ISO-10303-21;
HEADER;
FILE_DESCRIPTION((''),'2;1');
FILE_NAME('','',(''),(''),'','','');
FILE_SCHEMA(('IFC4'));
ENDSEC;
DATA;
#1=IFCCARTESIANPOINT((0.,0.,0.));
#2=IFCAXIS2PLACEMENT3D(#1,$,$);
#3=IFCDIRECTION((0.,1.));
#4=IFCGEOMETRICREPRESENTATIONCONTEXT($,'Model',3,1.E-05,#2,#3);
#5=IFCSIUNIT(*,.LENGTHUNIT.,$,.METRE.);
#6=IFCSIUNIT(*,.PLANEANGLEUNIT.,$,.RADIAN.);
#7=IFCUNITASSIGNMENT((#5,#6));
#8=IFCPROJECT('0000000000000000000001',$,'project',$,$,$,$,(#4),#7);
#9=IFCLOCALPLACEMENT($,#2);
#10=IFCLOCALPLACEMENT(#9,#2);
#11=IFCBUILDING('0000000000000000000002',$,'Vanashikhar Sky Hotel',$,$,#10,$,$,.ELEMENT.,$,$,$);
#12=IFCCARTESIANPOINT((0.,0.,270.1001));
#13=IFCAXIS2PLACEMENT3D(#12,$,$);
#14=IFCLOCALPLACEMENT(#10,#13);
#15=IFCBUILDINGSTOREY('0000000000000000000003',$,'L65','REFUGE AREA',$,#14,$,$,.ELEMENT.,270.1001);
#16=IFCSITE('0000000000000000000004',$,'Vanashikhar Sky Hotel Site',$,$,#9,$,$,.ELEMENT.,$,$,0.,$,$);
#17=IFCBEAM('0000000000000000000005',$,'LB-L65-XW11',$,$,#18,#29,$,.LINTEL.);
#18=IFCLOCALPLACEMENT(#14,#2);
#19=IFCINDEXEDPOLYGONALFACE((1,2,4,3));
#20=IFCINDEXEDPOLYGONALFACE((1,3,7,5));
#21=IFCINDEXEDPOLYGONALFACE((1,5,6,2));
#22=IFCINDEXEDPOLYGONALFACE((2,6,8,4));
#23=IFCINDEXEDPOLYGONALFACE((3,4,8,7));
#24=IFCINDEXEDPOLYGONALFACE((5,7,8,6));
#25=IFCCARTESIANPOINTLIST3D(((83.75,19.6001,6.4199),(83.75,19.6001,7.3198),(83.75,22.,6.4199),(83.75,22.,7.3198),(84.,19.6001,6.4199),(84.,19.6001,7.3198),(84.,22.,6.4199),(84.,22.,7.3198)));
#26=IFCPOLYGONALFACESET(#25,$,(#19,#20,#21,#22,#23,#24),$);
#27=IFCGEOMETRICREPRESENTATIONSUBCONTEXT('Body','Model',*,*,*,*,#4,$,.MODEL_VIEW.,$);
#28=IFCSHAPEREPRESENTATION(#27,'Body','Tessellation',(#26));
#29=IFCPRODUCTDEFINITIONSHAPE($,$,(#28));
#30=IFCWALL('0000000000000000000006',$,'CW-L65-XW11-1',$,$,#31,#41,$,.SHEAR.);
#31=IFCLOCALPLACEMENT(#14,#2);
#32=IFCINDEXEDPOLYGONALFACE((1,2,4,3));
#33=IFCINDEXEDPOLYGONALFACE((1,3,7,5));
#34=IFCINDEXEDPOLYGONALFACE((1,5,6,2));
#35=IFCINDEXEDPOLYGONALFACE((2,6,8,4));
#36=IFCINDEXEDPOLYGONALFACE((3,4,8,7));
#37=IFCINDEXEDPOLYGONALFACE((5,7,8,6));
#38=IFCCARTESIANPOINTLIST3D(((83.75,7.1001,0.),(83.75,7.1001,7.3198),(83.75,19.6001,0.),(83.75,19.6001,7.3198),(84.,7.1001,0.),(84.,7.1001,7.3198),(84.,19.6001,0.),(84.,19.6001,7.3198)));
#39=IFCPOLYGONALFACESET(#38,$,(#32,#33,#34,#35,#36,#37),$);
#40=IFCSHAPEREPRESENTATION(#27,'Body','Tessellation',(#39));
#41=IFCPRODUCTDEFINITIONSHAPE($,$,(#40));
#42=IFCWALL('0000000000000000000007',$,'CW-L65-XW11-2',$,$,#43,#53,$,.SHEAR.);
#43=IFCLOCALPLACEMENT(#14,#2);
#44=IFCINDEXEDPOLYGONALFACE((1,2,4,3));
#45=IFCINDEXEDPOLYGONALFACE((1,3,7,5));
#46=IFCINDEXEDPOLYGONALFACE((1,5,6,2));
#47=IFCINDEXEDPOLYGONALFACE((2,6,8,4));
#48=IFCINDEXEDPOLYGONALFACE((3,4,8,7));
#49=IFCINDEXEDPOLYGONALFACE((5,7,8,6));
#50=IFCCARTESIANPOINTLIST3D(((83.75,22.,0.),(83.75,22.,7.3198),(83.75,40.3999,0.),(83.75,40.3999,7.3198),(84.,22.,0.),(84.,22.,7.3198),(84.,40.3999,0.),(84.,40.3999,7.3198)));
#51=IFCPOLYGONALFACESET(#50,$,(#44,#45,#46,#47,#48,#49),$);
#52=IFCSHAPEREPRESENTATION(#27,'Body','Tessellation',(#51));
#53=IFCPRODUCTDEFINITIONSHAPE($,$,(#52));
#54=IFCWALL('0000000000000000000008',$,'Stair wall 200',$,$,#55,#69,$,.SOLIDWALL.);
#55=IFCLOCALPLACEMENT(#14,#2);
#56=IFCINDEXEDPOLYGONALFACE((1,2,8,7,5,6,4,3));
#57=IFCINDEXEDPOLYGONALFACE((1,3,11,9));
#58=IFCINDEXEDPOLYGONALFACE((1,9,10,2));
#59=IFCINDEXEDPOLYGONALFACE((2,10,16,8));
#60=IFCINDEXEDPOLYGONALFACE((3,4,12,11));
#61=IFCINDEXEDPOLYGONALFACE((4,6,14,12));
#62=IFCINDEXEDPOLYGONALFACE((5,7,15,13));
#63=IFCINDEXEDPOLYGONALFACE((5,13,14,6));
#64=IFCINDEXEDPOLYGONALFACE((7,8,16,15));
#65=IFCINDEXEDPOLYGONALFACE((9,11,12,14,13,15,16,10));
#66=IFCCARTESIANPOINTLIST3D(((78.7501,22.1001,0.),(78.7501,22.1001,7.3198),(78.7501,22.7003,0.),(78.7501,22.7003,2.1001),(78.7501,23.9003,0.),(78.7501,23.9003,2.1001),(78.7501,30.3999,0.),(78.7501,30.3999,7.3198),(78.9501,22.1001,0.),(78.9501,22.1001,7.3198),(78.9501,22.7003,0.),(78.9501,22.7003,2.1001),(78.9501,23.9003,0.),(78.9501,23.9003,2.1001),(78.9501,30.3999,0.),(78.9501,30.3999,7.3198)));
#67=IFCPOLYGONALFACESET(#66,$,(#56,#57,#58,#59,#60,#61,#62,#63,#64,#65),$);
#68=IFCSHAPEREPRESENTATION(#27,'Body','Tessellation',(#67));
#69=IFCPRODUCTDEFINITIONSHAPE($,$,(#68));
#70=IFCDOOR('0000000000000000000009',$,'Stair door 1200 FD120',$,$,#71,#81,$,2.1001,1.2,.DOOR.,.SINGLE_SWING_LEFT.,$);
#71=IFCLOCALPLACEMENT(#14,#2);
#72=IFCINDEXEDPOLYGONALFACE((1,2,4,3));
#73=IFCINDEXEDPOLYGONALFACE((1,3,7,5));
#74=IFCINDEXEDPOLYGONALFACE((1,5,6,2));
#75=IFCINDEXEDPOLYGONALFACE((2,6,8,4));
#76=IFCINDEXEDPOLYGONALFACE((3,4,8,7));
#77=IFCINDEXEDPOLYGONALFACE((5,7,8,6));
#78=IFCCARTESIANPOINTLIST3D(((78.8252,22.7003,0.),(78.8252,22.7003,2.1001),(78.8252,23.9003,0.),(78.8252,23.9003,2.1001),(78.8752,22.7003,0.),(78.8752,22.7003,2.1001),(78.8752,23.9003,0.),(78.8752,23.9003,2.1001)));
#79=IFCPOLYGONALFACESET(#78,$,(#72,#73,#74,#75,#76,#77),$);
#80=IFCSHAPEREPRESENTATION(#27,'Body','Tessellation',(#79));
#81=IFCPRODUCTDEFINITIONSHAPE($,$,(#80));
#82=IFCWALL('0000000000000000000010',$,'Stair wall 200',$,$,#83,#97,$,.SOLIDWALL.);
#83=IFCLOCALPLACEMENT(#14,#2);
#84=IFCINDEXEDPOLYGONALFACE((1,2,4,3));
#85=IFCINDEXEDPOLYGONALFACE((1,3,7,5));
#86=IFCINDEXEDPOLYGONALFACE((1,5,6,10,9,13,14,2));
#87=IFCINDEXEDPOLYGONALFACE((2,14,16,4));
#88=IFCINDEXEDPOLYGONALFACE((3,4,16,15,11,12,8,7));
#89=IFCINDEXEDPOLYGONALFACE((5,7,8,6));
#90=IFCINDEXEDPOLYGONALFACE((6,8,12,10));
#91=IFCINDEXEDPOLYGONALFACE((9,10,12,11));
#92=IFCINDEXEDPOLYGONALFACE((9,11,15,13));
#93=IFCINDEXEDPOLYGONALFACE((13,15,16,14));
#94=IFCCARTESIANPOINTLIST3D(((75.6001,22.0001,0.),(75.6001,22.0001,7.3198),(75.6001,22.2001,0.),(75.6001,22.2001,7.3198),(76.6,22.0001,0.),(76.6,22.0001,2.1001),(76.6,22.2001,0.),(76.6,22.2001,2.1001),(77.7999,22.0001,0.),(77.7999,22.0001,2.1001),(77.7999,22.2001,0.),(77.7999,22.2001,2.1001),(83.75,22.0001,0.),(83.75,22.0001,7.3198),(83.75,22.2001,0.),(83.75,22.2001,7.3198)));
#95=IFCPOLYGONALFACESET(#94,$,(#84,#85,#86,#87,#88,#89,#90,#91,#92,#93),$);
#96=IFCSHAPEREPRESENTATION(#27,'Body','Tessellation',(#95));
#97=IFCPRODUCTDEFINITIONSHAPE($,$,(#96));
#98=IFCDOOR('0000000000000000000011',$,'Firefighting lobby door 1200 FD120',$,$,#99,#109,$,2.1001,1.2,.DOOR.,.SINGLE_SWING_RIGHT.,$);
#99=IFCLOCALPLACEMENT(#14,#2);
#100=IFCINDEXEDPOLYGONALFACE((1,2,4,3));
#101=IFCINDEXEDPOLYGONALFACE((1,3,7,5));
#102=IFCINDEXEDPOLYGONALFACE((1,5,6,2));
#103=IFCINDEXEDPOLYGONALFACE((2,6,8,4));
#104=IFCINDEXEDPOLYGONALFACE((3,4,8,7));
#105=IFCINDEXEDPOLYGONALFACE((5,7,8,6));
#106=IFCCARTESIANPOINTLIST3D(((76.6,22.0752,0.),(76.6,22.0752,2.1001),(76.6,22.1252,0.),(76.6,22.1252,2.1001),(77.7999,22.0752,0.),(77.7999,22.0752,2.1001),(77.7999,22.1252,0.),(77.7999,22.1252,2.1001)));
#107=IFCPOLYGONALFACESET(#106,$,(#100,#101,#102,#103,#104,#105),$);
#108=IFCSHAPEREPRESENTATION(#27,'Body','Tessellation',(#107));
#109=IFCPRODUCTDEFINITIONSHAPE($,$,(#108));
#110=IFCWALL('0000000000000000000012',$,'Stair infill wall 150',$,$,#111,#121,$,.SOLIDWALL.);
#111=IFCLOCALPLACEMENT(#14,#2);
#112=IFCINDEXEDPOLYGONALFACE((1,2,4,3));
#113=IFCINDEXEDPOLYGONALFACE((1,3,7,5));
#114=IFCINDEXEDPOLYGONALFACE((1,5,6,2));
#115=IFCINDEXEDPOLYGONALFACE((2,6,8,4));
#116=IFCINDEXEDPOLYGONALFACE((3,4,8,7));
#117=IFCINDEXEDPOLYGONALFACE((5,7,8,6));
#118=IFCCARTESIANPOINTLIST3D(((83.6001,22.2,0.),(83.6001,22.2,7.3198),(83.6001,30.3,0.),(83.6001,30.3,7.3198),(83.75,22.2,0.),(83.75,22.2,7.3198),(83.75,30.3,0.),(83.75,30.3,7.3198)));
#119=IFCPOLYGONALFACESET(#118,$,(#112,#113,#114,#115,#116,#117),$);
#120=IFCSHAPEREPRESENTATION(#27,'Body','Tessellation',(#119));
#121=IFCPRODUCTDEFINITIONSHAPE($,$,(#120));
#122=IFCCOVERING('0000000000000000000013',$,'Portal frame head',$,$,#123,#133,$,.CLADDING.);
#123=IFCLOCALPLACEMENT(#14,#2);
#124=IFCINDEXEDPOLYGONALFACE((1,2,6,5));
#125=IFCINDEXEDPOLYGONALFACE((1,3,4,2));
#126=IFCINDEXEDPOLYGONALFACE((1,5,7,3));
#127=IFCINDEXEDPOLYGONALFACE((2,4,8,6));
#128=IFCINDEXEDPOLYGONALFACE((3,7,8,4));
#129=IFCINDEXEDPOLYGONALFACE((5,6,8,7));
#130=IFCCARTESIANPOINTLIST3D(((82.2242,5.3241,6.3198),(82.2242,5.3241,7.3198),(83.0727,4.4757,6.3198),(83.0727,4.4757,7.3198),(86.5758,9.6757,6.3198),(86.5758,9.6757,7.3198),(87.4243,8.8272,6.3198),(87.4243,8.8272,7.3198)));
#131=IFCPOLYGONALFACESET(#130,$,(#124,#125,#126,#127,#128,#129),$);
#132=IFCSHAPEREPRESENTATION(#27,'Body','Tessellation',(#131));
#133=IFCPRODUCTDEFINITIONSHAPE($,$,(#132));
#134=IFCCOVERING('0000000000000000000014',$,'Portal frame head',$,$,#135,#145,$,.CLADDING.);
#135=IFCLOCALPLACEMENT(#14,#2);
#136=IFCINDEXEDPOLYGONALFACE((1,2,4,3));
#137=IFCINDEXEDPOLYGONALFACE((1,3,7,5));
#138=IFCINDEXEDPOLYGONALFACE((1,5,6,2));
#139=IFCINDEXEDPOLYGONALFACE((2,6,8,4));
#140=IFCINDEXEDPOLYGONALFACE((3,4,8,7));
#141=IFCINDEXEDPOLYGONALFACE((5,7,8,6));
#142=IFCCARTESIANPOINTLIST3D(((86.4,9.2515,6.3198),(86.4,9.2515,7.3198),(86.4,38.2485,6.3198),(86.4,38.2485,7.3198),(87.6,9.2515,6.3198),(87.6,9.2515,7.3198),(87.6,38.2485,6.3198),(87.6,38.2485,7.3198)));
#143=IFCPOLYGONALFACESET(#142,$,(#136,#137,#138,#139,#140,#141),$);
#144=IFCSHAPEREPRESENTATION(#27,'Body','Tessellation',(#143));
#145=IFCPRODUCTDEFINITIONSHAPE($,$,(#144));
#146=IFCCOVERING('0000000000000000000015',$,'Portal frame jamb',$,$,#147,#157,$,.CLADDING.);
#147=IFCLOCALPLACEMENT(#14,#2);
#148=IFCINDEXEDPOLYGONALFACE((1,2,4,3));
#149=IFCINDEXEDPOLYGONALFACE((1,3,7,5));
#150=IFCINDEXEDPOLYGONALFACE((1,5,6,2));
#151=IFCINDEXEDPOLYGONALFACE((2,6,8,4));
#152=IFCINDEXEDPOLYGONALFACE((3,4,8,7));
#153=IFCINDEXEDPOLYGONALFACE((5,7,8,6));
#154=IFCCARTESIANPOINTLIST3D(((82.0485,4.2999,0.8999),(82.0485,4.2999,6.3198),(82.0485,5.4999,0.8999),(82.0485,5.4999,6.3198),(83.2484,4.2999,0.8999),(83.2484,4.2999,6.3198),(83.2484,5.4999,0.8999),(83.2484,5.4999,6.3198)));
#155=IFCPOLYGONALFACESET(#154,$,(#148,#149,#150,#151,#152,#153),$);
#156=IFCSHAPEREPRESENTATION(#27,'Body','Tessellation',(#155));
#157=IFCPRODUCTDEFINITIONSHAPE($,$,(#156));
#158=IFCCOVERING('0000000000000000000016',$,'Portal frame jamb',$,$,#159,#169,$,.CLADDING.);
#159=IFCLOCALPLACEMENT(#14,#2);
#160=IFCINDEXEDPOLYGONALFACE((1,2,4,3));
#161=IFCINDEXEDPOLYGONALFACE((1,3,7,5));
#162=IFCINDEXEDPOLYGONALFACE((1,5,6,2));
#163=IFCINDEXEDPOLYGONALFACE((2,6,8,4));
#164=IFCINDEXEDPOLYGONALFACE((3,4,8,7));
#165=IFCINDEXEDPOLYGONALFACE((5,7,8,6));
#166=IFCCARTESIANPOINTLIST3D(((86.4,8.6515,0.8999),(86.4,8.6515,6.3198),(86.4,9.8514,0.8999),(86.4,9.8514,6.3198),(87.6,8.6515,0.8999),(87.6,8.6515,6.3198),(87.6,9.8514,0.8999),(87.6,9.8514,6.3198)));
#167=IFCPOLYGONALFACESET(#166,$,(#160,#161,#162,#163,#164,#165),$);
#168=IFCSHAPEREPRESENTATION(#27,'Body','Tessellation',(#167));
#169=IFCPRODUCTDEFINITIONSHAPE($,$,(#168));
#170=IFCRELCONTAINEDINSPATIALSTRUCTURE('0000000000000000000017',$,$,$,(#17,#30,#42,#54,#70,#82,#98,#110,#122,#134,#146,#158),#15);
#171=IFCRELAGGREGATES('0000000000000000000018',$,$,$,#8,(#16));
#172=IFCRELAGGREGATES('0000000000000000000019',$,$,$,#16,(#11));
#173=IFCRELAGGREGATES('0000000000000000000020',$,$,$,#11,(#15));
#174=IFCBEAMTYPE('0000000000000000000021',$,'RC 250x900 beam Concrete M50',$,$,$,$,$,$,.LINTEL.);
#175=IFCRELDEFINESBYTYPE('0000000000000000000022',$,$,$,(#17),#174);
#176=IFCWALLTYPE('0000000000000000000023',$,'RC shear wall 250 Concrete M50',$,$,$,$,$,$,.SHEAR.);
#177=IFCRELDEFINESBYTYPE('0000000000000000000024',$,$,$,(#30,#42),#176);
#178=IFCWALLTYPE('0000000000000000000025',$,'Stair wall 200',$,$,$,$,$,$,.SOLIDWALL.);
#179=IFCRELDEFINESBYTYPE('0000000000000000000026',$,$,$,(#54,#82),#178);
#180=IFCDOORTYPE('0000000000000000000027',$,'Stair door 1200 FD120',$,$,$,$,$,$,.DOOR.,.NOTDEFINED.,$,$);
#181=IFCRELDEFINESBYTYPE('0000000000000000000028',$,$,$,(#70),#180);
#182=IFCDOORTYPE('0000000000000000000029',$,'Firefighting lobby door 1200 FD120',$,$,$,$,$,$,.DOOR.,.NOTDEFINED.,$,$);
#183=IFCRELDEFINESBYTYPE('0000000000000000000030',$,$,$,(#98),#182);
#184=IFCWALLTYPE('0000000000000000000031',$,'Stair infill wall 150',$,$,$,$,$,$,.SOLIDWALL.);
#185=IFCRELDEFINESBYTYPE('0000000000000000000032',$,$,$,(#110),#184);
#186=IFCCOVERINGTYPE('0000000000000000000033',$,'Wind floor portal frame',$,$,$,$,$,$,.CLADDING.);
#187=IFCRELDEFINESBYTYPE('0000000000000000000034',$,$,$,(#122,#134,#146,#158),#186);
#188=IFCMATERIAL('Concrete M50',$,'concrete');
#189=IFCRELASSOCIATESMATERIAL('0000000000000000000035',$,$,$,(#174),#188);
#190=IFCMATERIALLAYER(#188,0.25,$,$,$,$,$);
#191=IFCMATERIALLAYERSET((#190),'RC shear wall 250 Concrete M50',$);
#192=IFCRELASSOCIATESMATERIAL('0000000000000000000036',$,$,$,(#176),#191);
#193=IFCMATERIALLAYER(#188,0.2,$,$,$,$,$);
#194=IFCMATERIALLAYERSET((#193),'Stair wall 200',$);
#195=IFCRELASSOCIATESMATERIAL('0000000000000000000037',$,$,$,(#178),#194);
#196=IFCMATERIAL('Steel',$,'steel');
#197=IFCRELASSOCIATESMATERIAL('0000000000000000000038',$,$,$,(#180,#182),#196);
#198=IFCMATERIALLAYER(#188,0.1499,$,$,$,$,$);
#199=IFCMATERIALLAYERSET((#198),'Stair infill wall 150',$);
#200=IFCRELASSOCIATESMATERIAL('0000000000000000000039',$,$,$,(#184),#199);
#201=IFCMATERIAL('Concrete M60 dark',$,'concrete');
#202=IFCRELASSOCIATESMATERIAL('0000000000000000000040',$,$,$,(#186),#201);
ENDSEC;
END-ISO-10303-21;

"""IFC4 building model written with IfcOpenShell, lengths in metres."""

from ifc_helpers import new_model, si_unit, direction, frame, frame_2d, origin, origin_2d, place, context, subcontext, project, spatial, rectangle, extrude, source, transform, mapped, material, layer, layer_set, material_profile, profile_set, type_object, element, fill, save


model = new_model("IFC4")

# Units and contexts
model_context = context("Model", 3, precision=1e-05, world=origin(), true_north=direction((0.0, 1.0)))
body_context = subcontext(model_context, "Body", "Model", "MODEL_VIEW")
ifc_project = project(units=[si_unit("LENGTHUNIT", "METRE"), si_unit("PLANEANGLEUNIT", "RADIAN")], contexts=[model_context])

# Site, building, storey
site_placement = place(None, origin())
site = spatial("IfcSite", under=ifc_project, at=site_placement, Name="Vanashikhar Sky Hotel Site", CompositionType="ELEMENT", RefElevation=0.0)
building_placement = place(site_placement, origin())
building = spatial("IfcBuilding", under=site, at=building_placement, Name="Vanashikhar Sky Hotel", CompositionType="ELEMENT")
storey_placement = place(building_placement, frame((0.0, 0.0, 270.1001)))
storey = spatial("IfcBuildingStorey", under=building, at=storey_placement, Name="L65", Description="REFUGE AREA", CompositionType="ELEMENT", Elevation=270.1001)

# Beam
ifc_material_1 = material(Name="Concrete M50", Category="concrete")
ifc_material_profile = material_profile(ifc_material_1, rectangle(XDim=0.25, YDim=0.8999, at=origin_2d()))
ifc_profile_set = profile_set([ifc_material_profile], Name="RC 250x900 beam Concrete M50")
beam_type = type_object("IfcBeamType", Name="RC 250x900 beam Concrete M50", PredefinedType="LINTEL", material=ifc_profile_set)
shared_shape_1 = source(origin(), body_context, "Body", "SweptSolid", [
    extrude(rectangle(XDim=0.25, YDim=0.8999, at=origin_2d()), origin(), (0.0, 0.0, 1.0), 2.3999),
])
beam_placement = place(storey_placement, frame((83.875, 19.6001, 6.8699), z_axis=(0.0, 1.0, 0.0), x_axis=(-1.0, 0.0, 0.0)))
element("IfcBeam", 1, at=beam_placement, inside=storey, type_object=beam_type, Name="LB-L65-XW11", PredefinedType="LINTEL", context=body_context, shape_type="MappedRepresentation", body=[
    mapped(shared_shape_1, transform((0.0, 0.0, 0.0), scale=1.0)),
])

# Walls
ifc_layer_1 = layer(ifc_material_1, 0.25)
ifc_layer_set_1 = layer_set([ifc_layer_1], Name="RC shear wall 250 Concrete M50")
wall_type_1 = type_object("IfcWallType", Name="RC shear wall 250 Concrete M50", PredefinedType="SHEAR", material=ifc_layer_set_1)
shared_shape_2 = source(origin(), body_context, "Body", "SweptSolid", [
    extrude(rectangle(XDim=12.5, YDim=0.25, at=frame_2d((6.25, 0.0))), origin(), (0.0, 0.0, 1.0), 7.3198),
])
wall_1_placement = place(storey_placement, frame((83.875, 7.1001, 0.0), z_axis=(0.0, 0.0, 1.0), x_axis=(0.0, 1.0, 0.0)))
element("IfcWall", 2, at=wall_1_placement, inside=storey, type_object=wall_type_1, Name="CW-L65-XW11-1", PredefinedType="SHEAR", context=body_context, shape_type="MappedRepresentation", body=[
    mapped(shared_shape_2, transform((0.0, 0.0, 0.0), scale=1.0)),
])
shared_shape_3 = source(origin(), body_context, "Body", "SweptSolid", [
    extrude(rectangle(XDim=18.3999, YDim=0.25, at=frame_2d((9.2, 0.0))), origin(), (0.0, 0.0, 1.0), 7.3198),
])
wall_2_placement = place(storey_placement, frame((83.875, 22.0, 0.0), z_axis=(0.0, 0.0, 1.0), x_axis=(0.0, 1.0, 0.0)))
element("IfcWall", 3, at=wall_2_placement, inside=storey, type_object=wall_type_1, Name="CW-L65-XW11-2", PredefinedType="SHEAR", context=body_context, shape_type="MappedRepresentation", body=[
    mapped(shared_shape_3, transform((0.0, 0.0, 0.0), scale=1.0)),
])

# Walls, openings, doors
ifc_layer_2 = layer(ifc_material_1, 0.2)
ifc_layer_set_2 = layer_set([ifc_layer_2], Name="Stair wall 200")
wall_type_2 = type_object("IfcWallType", Name="Stair wall 200", PredefinedType="SOLIDWALL", material=ifc_layer_set_2)
shared_shape_4 = source(origin(), body_context, "Body", "SweptSolid", [
    extrude(rectangle(XDim=8.2998, YDim=0.2, at=frame_2d((4.1499, 0.0))), origin(), (0.0, 0.0, 1.0), 7.3198),
])
wall_3_placement = place(storey_placement, frame((78.8501, 22.1001, 0.0), z_axis=(0.0, 0.0, 1.0), x_axis=(0.0, 1.0, 0.0)))
wall_3 = element("IfcWall", 4, at=wall_3_placement, inside=storey, type_object=wall_type_2, Name="Stair wall 200", PredefinedType="SOLIDWALL", context=body_context, shape_type="MappedRepresentation", body=[
    mapped(shared_shape_4, transform((0.0, 0.0, 0.0), scale=1.0)),
])
shared_shape_5 = source(origin(), body_context, "Body", "SweptSolid", [
    extrude(rectangle(XDim=1.2, YDim=2.1001, at=frame_2d((0.6001, 1.05))), frame((0.0, 0.1099, 0.0), z_axis=(0.0, -1.0, 0.0), x_axis=(1.0, 0.0, 0.0)), (0.0, 0.0, 1.0), 0.22),
])
opening_1_placement = place(wall_3_placement, frame((0.6001, 0.0, 0.0)))
opening_1 = element("IfcOpeningElement", 5, at=opening_1_placement, cuts=wall_3, PredefinedType="OPENING", context=body_context, shape_type="MappedRepresentation", body=[
    mapped(shared_shape_5, transform((0.0, 0.0, 0.0), scale=1.0)),
])
ifc_material_2 = material(Name="Steel", Category="steel")
door_type_1 = type_object("IfcDoorType", Name="Stair door 1200 FD120", OperationType="NOTDEFINED", PredefinedType="DOOR", material=ifc_material_2)
shared_shape_6 = source(origin(), body_context, "Body", "SweptSolid", [
    extrude(rectangle(XDim=1.2, YDim=2.1001, at=frame_2d((0.6001, 1.05))), frame((0.0, 0.0249, 0.0), z_axis=(0.0, -1.0, 0.0), x_axis=(1.0, 0.0, 0.0)), (0.0, 0.0, 1.0), 0.05),
])
door_1_placement = place(opening_1_placement, origin())
door_1 = element("IfcDoor", 6, at=door_1_placement, inside=storey, type_object=door_type_1, Name="Stair door 1200 FD120", OperationType="SINGLE_SWING_LEFT", OverallHeight=2.1001, OverallWidth=1.2, PredefinedType="DOOR", context=body_context, shape_type="MappedRepresentation", body=[
    mapped(shared_shape_6, transform((0.0, 0.0, 0.0), scale=1.0)),
])
fill(opening_1, door_1)
shared_shape_7 = source(origin(), body_context, "Body", "SweptSolid", [
    extrude(rectangle(XDim=8.1499, YDim=0.2, at=frame_2d((4.075, 0.0))), origin(), (0.0, 0.0, 1.0), 7.3198),
])
wall_4_placement = place(storey_placement, frame((83.75, 22.1001, 0.0), z_axis=(0.0, 0.0, 1.0), x_axis=(-1.0, 0.0, 0.0)))
wall_4 = element("IfcWall", 7, at=wall_4_placement, inside=storey, type_object=wall_type_2, Name="Stair wall 200", PredefinedType="SOLIDWALL", context=body_context, shape_type="MappedRepresentation", body=[
    mapped(shared_shape_7, transform((0.0, 0.0, 0.0), scale=1.0)),
])
opening_2_placement = place(wall_4_placement, frame((5.95, 0.0, 0.0)))
opening_2 = element("IfcOpeningElement", 8, at=opening_2_placement, cuts=wall_4, PredefinedType="OPENING", context=body_context, shape_type="MappedRepresentation", body=[
    mapped(shared_shape_5, transform((0.0, 0.0, 0.0), scale=1.0)),
])
door_type_2 = type_object("IfcDoorType", Name="Firefighting lobby door 1200 FD120", OperationType="NOTDEFINED", PredefinedType="DOOR", material=ifc_material_2)
door_2_placement = place(opening_2_placement, origin())
door_2 = element("IfcDoor", 9, at=door_2_placement, inside=storey, type_object=door_type_2, Name="Firefighting lobby door 1200 FD120", OperationType="SINGLE_SWING_RIGHT", OverallHeight=2.1001, OverallWidth=1.2, PredefinedType="DOOR", context=body_context, shape_type="MappedRepresentation", body=[
    mapped(shared_shape_6, transform((0.0, 0.0, 0.0), scale=1.0)),
])
fill(opening_2, door_2)

# Wall
ifc_layer_3 = layer(ifc_material_1, 0.1499)
ifc_layer_set_3 = layer_set([ifc_layer_3], Name="Stair infill wall 150")
wall_type_3 = type_object("IfcWallType", Name="Stair infill wall 150", PredefinedType="SOLIDWALL", material=ifc_layer_set_3)
shared_shape_8 = source(origin(), body_context, "Body", "SweptSolid", [
    extrude(rectangle(XDim=8.1001, YDim=0.1499, at=frame_2d((4.05, 0.0))), origin(), (0.0, 0.0, 1.0), 7.3198),
])
wall_5_placement = place(storey_placement, frame((83.675, 22.2, 0.0), z_axis=(0.0, 0.0, 1.0), x_axis=(0.0, 1.0, 0.0)))
element("IfcWall", 10, at=wall_5_placement, inside=storey, type_object=wall_type_3, Name="Stair infill wall 150", PredefinedType="SOLIDWALL", context=body_context, shape_type="MappedRepresentation", body=[
    mapped(shared_shape_8, transform((0.0, 0.0, 0.0), scale=1.0)),
])

# Coverings
ifc_material_3 = material(Name="Concrete M60 dark", Category="concrete")
covering_type = type_object("IfcCoveringType", Name="Wind floor portal frame", PredefinedType="CLADDING", material=ifc_material_3)
shared_shape_9 = source(origin(), body_context, "Body", "SweptSolid", [
    extrude(rectangle(XDim=6.1541, YDim=1.2, at=origin_2d()), origin(), (0.0, 0.0, 1.0), 1.0),
])
covering_1_placement = place(storey_placement, frame((84.8242, 7.0757, 6.3198), z_axis=(0.0, 0.0, 1.0), x_axis=(0.707107, 0.707107, 0.0)))
element("IfcCovering", 11, at=covering_1_placement, inside=storey, type_object=covering_type, Name="Portal frame head", PredefinedType="CLADDING", context=body_context, shape_type="MappedRepresentation", body=[
    mapped(shared_shape_9, transform((0.0, 0.0, 0.0), scale=1.0)),
])
shared_shape_10 = source(origin(), body_context, "Body", "SweptSolid", [
    extrude(rectangle(XDim=28.9971, YDim=1.2, at=origin_2d()), origin(), (0.0, 0.0, 1.0), 1.0),
])
covering_2_placement = place(storey_placement, frame((87.0, 23.75, 6.3198), z_axis=(0.0, 0.0, 1.0), x_axis=(0.0, 1.0, 0.0)))
element("IfcCovering", 12, at=covering_2_placement, inside=storey, type_object=covering_type, Name="Portal frame head", PredefinedType="CLADDING", context=body_context, shape_type="MappedRepresentation", body=[
    mapped(shared_shape_10, transform((0.0, 0.0, 0.0), scale=1.0)),
])
shared_shape_11 = source(origin(), body_context, "Body", "SweptSolid", [
    extrude(rectangle(XDim=1.2, YDim=1.2, at=origin_2d()), origin(), (0.0, 0.0, 1.0), 5.4199),
])
for number, where, z_axis, x_axis, name in (
    (13, (82.6484, 4.8999, 0.8999), (0.0, 0.0, 1.0), (1.0, 0.0, 0.0), "Portal frame jamb"),
    (14, (87.0, 9.2515, 0.8999), (0.0, 0.0, 1.0), (1.0, 0.0, 0.0), "Portal frame jamb"),
):
    element("IfcCovering", number, at=place(storey_placement, frame(where, z_axis=z_axis, x_axis=x_axis)), inside=storey, type_object=covering_type, Name=name, PredefinedType="CLADDING", context=body_context, shape_type="MappedRepresentation", body=[
        mapped(shared_shape_11, transform((0.0, 0.0, 0.0), scale=1.0)),
    ])

save(model, "model.ifc")
